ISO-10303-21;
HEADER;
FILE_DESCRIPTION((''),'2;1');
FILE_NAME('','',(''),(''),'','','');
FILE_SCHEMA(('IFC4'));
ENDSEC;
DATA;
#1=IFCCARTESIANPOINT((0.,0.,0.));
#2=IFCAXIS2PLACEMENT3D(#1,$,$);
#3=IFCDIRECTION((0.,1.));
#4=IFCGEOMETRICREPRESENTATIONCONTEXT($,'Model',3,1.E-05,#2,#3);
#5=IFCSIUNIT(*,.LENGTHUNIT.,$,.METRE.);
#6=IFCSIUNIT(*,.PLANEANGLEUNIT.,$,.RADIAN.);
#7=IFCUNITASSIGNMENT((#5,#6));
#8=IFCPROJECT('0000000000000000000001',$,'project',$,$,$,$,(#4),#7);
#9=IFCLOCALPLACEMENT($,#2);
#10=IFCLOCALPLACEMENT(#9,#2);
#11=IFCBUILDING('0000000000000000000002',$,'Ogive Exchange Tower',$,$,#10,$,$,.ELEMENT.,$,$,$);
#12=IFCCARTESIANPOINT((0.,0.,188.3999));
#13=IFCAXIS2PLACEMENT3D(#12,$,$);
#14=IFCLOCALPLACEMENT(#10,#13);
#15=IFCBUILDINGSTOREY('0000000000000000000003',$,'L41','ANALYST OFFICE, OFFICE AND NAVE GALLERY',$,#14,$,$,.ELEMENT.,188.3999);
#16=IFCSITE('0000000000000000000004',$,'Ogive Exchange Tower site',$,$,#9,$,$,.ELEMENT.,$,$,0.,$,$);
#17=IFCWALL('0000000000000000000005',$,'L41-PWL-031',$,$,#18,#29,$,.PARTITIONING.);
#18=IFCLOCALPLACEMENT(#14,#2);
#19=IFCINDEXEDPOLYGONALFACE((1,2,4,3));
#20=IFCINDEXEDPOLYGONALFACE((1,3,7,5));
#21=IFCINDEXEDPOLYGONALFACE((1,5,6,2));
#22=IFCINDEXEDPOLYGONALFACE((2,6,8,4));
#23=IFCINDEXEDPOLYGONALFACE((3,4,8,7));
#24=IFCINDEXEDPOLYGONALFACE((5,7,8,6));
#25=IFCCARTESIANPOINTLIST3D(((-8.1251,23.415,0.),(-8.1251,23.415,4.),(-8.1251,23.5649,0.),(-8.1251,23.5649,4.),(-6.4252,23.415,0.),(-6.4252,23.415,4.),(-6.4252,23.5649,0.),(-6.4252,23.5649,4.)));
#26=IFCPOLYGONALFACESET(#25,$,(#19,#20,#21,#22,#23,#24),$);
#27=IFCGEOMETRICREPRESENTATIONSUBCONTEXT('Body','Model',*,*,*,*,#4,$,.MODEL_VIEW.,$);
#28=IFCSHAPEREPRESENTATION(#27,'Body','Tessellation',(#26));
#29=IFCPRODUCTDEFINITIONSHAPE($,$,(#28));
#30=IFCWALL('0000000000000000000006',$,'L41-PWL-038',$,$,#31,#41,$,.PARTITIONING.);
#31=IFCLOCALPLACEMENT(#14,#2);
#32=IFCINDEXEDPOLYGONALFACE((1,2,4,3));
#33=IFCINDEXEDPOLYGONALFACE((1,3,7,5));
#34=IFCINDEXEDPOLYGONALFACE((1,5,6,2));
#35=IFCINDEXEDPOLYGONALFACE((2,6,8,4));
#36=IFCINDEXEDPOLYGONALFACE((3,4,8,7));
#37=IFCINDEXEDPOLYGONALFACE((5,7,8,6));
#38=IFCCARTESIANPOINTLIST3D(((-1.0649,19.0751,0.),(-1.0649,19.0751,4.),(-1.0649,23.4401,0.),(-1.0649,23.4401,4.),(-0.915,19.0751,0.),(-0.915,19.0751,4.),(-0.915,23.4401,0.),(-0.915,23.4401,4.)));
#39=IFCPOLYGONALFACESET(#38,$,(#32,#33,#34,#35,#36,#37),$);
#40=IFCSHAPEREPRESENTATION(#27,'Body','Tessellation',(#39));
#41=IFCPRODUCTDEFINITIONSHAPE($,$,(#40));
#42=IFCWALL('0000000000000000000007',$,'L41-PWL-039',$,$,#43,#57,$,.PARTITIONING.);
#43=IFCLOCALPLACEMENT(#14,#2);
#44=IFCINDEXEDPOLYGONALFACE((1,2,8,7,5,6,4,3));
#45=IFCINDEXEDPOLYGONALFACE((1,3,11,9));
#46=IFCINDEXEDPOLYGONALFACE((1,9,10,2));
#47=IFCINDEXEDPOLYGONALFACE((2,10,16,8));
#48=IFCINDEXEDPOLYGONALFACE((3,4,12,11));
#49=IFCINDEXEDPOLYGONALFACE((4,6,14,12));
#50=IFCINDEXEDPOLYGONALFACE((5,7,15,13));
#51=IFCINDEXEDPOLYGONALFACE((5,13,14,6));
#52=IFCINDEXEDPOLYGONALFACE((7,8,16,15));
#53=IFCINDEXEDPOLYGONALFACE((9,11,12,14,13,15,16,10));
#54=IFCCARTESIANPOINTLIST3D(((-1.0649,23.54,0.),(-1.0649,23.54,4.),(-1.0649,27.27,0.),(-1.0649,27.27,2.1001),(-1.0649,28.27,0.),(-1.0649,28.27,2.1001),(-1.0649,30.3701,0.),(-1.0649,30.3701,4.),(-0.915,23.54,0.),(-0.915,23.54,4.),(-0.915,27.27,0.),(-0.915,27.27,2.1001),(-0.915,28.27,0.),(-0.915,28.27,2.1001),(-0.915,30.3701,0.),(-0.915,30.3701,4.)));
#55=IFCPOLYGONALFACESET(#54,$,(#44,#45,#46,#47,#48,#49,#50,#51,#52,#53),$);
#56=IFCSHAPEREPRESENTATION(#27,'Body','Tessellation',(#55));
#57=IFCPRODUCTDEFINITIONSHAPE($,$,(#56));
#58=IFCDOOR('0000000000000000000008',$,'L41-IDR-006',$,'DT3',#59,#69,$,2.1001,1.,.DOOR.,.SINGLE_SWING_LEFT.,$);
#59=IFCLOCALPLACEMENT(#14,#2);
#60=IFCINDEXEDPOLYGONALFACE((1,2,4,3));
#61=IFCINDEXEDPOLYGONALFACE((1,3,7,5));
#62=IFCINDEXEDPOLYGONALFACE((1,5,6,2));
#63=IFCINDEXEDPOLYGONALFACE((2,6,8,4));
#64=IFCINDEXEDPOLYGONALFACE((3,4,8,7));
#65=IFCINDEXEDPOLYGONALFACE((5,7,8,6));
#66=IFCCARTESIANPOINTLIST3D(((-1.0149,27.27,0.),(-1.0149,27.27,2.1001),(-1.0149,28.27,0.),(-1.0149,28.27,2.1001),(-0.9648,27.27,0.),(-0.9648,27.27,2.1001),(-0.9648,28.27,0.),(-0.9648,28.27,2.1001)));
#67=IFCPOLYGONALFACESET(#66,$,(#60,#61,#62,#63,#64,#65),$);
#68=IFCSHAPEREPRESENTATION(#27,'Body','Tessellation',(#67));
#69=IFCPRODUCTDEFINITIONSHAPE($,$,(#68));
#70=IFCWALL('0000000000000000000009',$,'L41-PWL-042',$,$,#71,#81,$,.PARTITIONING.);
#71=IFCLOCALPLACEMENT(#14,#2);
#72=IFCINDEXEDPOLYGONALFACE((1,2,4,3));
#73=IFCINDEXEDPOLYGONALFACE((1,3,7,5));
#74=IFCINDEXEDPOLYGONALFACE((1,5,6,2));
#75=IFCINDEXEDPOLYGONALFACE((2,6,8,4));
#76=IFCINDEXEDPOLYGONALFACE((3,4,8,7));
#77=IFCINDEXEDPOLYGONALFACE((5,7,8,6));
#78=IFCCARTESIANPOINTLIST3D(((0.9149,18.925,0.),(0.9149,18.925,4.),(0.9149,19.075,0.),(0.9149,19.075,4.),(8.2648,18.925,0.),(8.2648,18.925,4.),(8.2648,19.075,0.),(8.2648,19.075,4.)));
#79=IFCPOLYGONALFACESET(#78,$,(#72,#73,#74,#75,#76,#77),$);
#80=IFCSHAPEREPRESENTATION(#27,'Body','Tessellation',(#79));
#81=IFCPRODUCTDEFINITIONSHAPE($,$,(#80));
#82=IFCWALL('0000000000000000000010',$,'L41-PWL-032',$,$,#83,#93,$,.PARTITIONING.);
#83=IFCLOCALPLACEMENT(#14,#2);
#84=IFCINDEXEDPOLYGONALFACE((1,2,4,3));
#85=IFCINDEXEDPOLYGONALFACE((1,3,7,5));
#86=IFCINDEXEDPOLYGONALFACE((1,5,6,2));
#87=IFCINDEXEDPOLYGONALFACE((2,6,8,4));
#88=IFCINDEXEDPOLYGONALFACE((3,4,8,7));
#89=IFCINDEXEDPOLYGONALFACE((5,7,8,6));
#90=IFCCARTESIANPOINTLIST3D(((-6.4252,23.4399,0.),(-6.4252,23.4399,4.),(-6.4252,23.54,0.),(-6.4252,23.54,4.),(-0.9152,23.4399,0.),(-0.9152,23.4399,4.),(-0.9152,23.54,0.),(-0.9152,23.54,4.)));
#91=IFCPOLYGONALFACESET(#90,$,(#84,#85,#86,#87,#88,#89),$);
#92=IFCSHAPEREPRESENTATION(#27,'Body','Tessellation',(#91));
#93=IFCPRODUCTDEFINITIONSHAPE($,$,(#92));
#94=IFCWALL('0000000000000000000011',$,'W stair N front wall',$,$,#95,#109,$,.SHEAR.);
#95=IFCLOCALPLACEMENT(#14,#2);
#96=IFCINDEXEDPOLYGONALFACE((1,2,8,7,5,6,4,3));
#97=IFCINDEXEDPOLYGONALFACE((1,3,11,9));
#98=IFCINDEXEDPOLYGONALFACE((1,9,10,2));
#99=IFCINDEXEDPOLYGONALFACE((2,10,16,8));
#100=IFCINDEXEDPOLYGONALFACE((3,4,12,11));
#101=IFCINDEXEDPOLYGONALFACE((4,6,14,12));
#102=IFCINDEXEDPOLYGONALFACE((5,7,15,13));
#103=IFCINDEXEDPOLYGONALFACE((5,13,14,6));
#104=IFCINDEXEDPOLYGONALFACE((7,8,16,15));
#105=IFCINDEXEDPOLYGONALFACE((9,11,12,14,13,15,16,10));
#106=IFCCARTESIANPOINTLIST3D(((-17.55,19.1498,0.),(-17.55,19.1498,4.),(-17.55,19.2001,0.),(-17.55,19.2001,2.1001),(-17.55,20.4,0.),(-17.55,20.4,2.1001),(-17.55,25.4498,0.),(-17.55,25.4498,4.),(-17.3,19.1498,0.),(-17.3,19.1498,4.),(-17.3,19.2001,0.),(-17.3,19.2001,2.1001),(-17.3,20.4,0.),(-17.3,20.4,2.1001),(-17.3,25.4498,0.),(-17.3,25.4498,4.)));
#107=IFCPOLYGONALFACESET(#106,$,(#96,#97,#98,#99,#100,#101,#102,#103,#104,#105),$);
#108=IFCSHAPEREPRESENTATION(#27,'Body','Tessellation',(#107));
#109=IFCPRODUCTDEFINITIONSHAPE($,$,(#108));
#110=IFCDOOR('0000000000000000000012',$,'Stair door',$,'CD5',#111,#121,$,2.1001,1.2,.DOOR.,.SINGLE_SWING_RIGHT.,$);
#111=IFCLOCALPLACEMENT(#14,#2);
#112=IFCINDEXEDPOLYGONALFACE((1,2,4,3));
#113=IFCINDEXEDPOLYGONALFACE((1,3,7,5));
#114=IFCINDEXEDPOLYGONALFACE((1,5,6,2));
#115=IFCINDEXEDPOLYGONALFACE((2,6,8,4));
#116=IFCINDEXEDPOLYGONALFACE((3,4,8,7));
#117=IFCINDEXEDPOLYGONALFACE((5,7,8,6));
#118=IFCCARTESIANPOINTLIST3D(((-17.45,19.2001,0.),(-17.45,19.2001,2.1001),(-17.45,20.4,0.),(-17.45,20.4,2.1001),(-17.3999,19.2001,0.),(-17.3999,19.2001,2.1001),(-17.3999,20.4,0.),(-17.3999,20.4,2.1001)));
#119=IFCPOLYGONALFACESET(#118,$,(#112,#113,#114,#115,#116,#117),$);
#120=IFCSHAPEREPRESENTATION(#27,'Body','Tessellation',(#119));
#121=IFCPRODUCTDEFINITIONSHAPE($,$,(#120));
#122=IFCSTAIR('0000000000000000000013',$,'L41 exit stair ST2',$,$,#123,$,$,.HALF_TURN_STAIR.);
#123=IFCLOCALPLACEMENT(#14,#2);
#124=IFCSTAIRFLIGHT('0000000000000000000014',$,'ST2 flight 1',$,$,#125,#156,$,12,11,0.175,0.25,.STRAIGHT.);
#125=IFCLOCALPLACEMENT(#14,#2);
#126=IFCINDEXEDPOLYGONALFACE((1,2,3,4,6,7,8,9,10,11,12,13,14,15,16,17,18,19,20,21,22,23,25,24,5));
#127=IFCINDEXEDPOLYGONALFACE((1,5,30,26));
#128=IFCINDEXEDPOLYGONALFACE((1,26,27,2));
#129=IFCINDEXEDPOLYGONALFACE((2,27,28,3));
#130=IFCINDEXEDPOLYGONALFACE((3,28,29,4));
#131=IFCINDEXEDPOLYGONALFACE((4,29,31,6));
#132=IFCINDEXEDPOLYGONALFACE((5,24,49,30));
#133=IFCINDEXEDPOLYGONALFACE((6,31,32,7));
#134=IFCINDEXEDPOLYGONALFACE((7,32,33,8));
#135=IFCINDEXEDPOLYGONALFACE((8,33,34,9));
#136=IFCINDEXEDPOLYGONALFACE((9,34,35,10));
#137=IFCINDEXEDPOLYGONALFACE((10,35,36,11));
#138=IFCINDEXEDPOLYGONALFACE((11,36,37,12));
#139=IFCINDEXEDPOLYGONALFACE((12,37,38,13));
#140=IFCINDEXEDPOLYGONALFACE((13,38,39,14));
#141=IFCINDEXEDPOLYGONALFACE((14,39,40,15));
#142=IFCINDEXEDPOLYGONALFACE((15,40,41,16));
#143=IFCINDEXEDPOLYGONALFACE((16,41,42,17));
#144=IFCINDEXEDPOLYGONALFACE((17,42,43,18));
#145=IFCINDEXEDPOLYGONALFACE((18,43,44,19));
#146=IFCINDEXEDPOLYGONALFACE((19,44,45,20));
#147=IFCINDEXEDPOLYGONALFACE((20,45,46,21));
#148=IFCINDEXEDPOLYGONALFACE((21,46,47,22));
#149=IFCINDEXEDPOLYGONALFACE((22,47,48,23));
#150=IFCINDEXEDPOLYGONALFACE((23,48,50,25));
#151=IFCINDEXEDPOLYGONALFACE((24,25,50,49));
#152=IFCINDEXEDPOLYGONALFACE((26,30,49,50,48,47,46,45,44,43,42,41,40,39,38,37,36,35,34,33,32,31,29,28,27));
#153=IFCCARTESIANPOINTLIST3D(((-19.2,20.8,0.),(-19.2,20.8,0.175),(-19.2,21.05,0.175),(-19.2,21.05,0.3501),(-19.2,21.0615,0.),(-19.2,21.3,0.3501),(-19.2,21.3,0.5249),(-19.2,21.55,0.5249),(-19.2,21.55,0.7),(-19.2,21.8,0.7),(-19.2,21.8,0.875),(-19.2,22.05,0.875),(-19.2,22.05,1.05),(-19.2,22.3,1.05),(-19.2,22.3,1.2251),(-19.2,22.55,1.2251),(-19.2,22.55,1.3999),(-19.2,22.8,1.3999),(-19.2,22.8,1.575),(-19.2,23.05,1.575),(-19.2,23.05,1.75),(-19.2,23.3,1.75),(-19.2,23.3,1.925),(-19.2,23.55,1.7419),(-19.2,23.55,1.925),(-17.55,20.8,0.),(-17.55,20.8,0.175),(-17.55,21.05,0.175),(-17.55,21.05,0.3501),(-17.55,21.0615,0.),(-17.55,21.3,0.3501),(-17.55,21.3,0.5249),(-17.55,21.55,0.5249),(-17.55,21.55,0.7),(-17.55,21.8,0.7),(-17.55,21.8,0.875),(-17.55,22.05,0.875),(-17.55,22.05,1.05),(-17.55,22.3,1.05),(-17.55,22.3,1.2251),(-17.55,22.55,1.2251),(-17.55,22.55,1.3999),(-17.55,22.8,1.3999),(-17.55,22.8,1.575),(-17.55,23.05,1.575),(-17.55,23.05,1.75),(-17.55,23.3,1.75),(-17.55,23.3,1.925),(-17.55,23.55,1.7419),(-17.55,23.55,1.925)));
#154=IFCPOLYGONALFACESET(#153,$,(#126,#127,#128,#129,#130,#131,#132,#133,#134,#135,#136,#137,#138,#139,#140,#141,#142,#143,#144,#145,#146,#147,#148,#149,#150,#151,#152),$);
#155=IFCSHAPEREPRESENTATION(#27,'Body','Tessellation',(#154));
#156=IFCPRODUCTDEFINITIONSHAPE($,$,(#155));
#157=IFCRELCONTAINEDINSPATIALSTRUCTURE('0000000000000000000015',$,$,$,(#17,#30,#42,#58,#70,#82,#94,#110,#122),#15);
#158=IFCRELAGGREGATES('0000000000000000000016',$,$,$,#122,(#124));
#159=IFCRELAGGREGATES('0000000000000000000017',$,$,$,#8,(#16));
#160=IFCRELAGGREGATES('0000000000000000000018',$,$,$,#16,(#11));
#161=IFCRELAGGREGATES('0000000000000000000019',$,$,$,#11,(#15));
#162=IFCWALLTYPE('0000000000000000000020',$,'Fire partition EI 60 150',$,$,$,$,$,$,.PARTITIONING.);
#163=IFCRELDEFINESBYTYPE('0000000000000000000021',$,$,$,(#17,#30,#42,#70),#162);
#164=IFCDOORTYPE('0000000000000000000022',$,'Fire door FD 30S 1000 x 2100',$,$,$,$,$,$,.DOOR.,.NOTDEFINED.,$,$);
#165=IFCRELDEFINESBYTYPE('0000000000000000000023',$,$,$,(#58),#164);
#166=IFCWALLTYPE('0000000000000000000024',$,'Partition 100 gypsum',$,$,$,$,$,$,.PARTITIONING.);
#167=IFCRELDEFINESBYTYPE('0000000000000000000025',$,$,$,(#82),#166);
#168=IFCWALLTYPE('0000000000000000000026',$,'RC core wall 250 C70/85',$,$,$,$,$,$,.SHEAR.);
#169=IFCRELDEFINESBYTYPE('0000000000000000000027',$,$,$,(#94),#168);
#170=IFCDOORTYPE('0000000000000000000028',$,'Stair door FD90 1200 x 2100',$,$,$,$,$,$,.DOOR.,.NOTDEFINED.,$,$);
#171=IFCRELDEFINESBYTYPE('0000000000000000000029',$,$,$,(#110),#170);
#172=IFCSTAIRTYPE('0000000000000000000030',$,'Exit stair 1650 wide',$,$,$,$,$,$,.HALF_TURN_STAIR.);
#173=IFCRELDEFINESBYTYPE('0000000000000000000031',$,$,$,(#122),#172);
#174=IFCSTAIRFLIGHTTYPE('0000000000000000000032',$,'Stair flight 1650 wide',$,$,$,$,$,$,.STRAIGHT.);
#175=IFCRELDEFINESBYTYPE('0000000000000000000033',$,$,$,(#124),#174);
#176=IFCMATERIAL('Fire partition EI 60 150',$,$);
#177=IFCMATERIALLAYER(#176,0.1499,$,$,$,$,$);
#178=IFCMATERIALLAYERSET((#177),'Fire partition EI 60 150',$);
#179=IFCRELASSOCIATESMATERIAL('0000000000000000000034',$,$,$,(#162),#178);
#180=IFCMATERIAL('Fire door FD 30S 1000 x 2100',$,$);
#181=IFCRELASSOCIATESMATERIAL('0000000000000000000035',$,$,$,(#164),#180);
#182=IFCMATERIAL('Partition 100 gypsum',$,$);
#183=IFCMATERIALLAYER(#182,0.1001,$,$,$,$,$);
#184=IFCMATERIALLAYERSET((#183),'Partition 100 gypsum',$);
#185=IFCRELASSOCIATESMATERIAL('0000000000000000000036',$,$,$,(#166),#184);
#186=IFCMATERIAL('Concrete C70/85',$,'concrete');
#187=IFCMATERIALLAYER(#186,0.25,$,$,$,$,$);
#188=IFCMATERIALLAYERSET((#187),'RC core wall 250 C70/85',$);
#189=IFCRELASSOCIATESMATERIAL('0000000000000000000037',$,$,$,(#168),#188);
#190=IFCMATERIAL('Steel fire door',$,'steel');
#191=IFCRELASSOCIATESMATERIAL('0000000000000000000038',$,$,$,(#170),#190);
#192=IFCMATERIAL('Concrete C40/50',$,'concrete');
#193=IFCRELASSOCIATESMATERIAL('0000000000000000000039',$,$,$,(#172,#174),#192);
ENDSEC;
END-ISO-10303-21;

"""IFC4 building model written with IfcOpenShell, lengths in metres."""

from ifc_helpers import new_model, si_unit, direction, frame, frame_2d, origin, place, context, subcontext, project, spatial, polyline, rectangle, outline, extrude, material, layer, layer_set, type_object, element, fill, aggregate, save


model = new_model("IFC4")

# Units and contexts
model_context = context("Model", 3, precision=1e-05, world=origin(), true_north=direction((0.0, 1.0)))
body_context = subcontext(model_context, "Body", "Model", "MODEL_VIEW")
ifc_project = project(units=[si_unit("LENGTHUNIT", "METRE"), si_unit("PLANEANGLEUNIT", "RADIAN")], contexts=[model_context])

# Site, building, storey
site_placement = place(None, origin())
site = spatial("IfcSite", under=ifc_project, at=site_placement, Name="Ogive Exchange Tower site", CompositionType="ELEMENT", RefElevation=0.0)
building_placement = place(site_placement, origin())
building = spatial("IfcBuilding", under=site, at=building_placement, Name="Ogive Exchange Tower", CompositionType="ELEMENT")
storey_placement = place(building_placement, frame((0.0, 0.0, 188.3999)))
storey = spatial("IfcBuildingStorey", under=building, at=storey_placement, Name="L41", Description="ANALYST OFFICE, OFFICE AND NAVE GALLERY", CompositionType="ELEMENT", Elevation=188.3999)

# Shared definitions
ifc_material_1 = material(Name="Fire partition EI 60 150")
ifc_layer_1 = layer(ifc_material_1, 0.1499)
ifc_layer_set_1 = layer_set([ifc_layer_1], Name="Fire partition EI 60 150")
wall_type_1 = type_object("IfcWallType", Name="Fire partition EI 60 150", PredefinedType="PARTITIONING", material=ifc_layer_set_1)
ifc_material_2 = material(Name="Fire door FD 30S 1000 x 2100")
door_type_1 = type_object("IfcDoorType", Name="Fire door FD 30S 1000 x 2100", OperationType="NOTDEFINED", PredefinedType="DOOR", material=ifc_material_2)

# Walls
wall_1_placement = place(storey_placement, frame((-6.425, 23.49, 0.0), z_axis=(0.0, 0.0, 1.0), x_axis=(-1.0, 0.0, 0.0)))
element("IfcWall", 1, at=wall_1_placement, inside=storey, type_object=wall_type_1, Name="L41-PWL-031", PredefinedType="PARTITIONING", context=body_context, shape_type="SweptSolid", body=[
    extrude(rectangle(XDim=1.7, YDim=0.1499, at=frame_2d((0.8501, 0.0))), origin(), (0.0, 0.0, 1.0), 4.0),
])
wall_2_placement = place(storey_placement, frame((-0.99, 19.075, 0.0), z_axis=(0.0, 0.0, 1.0), x_axis=(0.0, 1.0, 0.0)))
element("IfcWall", 2, at=wall_2_placement, inside=storey, type_object=wall_type_1, Name="L41-PWL-038", PredefinedType="PARTITIONING", context=body_context, shape_type="SweptSolid", body=[
    extrude(rectangle(XDim=4.365, YDim=0.1499, at=frame_2d((2.1826, 0.0))), origin(), (0.0, 0.0, 1.0), 4.0),
])

# Wall, opening, door
wall_3_placement = place(storey_placement, frame((-0.99, 23.54, 0.0), z_axis=(0.0, 0.0, 1.0), x_axis=(0.0, 1.0, 0.0)))
wall_3 = element("IfcWall", 3, at=wall_3_placement, inside=storey, type_object=wall_type_1, Name="L41-PWL-039", PredefinedType="PARTITIONING", context=body_context, shape_type="SweptSolid", body=[
    extrude(rectangle(XDim=6.8301, YDim=0.1499, at=frame_2d((3.415, 0.0))), origin(), (0.0, 0.0, 1.0), 4.0),
])
opening_1_placement = place(wall_3_placement, frame((3.73, 0.0, 0.0)))
opening_1 = element("IfcOpeningElement", 4, at=opening_1_placement, cuts=wall_3, PredefinedType="OPENING", context=body_context, shape_type="SweptSolid", body=[
    extrude(rectangle(XDim=1.0, YDim=2.1001, at=frame_2d((0.5, 1.05))), frame((0.0, 0.085, 0.0), z_axis=(0.0, -1.0, 0.0), x_axis=(1.0, 0.0, 0.0)), (0.0, 0.0, 1.0), 0.1699),
])
door_1_placement = place(opening_1_placement, origin())
door_1 = element("IfcDoor", 5, at=door_1_placement, inside=storey, type_object=door_type_1, Name="L41-IDR-006", ObjectType="DT3", OperationType="SINGLE_SWING_LEFT", OverallHeight=2.1001, OverallWidth=1.0, PredefinedType="DOOR", context=body_context, shape_type="SweptSolid", body=[
    extrude(rectangle(XDim=1.0, YDim=2.1001, at=frame_2d((0.5, 1.05))), frame((0.0, 0.0249, 0.0), z_axis=(0.0, -1.0, 0.0), x_axis=(1.0, 0.0, 0.0)), (0.0, 0.0, 1.0), 0.05),
])
fill(opening_1, door_1)

# Walls
wall_4_placement = place(storey_placement, frame((0.915, 19.0, 0.0), z_axis=(0.0, 0.0, 1.0), x_axis=(1.0, 0.0, 0.0)))
element("IfcWall", 6, at=wall_4_placement, inside=storey, type_object=wall_type_1, Name="L41-PWL-042", PredefinedType="PARTITIONING", context=body_context, shape_type="SweptSolid", body=[
    extrude(rectangle(XDim=7.3499, YDim=0.1499, at=frame_2d((3.6748, 0.0))), origin(), (0.0, 0.0, 1.0), 4.0),
])
ifc_material_3 = material(Name="Partition 100 gypsum")
ifc_layer_2 = layer(ifc_material_3, 0.1001)
ifc_layer_set_2 = layer_set([ifc_layer_2], Name="Partition 100 gypsum")
wall_type_2 = type_object("IfcWallType", Name="Partition 100 gypsum", PredefinedType="PARTITIONING", material=ifc_layer_set_2)
wall_5_placement = place(storey_placement, frame((-6.425, 23.49, 0.0), z_axis=(0.0, 0.0, 1.0), x_axis=(1.0, 0.0, 0.0)))
element("IfcWall", 7, at=wall_5_placement, inside=storey, type_object=wall_type_2, Name="L41-PWL-032", PredefinedType="PARTITIONING", context=body_context, shape_type="SweptSolid", body=[
    extrude(rectangle(XDim=5.51, YDim=0.1001, at=frame_2d((2.7549, 0.0))), origin(), (0.0, 0.0, 1.0), 4.0),
])

# Wall, opening, door
ifc_material_4 = material(Name="Concrete C70/85", Category="concrete")
ifc_layer_3 = layer(ifc_material_4, 0.25)
ifc_layer_set_3 = layer_set([ifc_layer_3], Name="RC core wall 250 C70/85")
wall_type_3 = type_object("IfcWallType", Name="RC core wall 250 C70/85", PredefinedType="SHEAR", material=ifc_layer_set_3)
wall_6_placement = place(storey_placement, frame((-17.425, 19.1499, 0.0), z_axis=(0.0, 0.0, 1.0), x_axis=(0.0, 1.0, 0.0)))
wall_6 = element("IfcWall", 8, at=wall_6_placement, inside=storey, type_object=wall_type_3, Name="W stair N front wall", PredefinedType="SHEAR", context=body_context, shape_type="SweptSolid", body=[
    extrude(rectangle(XDim=6.3, YDim=0.25, at=frame_2d((3.1499, 0.0))), origin(), (0.0, 0.0, 1.0), 4.0),
])
opening_2_placement = place(wall_6_placement, frame((0.05, 0.0, 0.0)))
opening_2 = element("IfcOpeningElement", 9, at=opening_2_placement, cuts=wall_6, PredefinedType="OPENING", context=body_context, shape_type="SweptSolid", body=[
    extrude(rectangle(XDim=1.2, YDim=2.1001, at=frame_2d((0.6001, 1.05))), frame((0.0, 0.135, 0.0), z_axis=(0.0, -1.0, 0.0), x_axis=(1.0, 0.0, 0.0)), (0.0, 0.0, 1.0), 0.27),
])
ifc_material_5 = material(Name="Steel fire door", Category="steel")
door_type_2 = type_object("IfcDoorType", Name="Stair door FD90 1200 x 2100", OperationType="NOTDEFINED", PredefinedType="DOOR", material=ifc_material_5)
door_2_placement = place(opening_2_placement, origin())
door_2 = element("IfcDoor", 10, at=door_2_placement, inside=storey, type_object=door_type_2, Name="Stair door", ObjectType="CD5", OperationType="SINGLE_SWING_RIGHT", OverallHeight=2.1001, OverallWidth=1.2, PredefinedType="DOOR", context=body_context, shape_type="SweptSolid", body=[
    extrude(rectangle(XDim=1.2, YDim=2.1001, at=frame_2d((0.6001, 1.05))), frame((0.0, 0.0249, 0.0), z_axis=(0.0, -1.0, 0.0), x_axis=(1.0, 0.0, 0.0)), (0.0, 0.0, 1.0), 0.05),
])
fill(opening_2, door_2)

# Stair, stair flight
ifc_material_6 = material(Name="Concrete C40/50", Category="concrete")
stair_type = type_object("IfcStairType", Name="Exit stair 1650 wide", PredefinedType="HALF_TURN_STAIR", material=ifc_material_6)
stair_placement = place(storey_placement, origin())
stair = element("IfcStair", 11, at=stair_placement, inside=storey, type_object=stair_type, Name="L41 exit stair ST2", PredefinedType="HALF_TURN_STAIR")
stair_flight_type = type_object("IfcStairFlightType", Name="Stair flight 1650 wide", PredefinedType="STRAIGHT", material=ifc_material_6)
stair_flight_1_placement = place(storey_placement, frame((-18.375, 20.8, 0.0), z_axis=(0.0, 0.0, 1.0), x_axis=(0.0, 1.0, 0.0)))
stair_flight_1 = element("IfcStairFlight", 12, at=stair_flight_1_placement, type_object=stair_flight_type, Name="ST2 flight 1", NumberOfRisers=12, NumberOfTreads=11, PredefinedType="STRAIGHT", RiserHeight=0.175, TreadLength=0.25, context=body_context, shape_type="SweptSolid", body=[
    extrude(outline(polyline([(0.0, 0.0), (0.0, 0.175), (0.25, 0.175), (0.25, 0.3501), (0.5, 0.3501), (0.5, 0.5249), (0.75, 0.5249), (0.75, 0.7), (1.0, 0.7), (1.0, 0.875), (1.25, 0.875), (1.25, 1.05), (1.5, 1.05), (1.5, 1.2251), (1.75, 1.2251), (1.75, 1.3999), (2.0, 1.3999), (2.0, 1.575), (2.25, 1.575), (2.25, 1.75), (2.5, 1.75), (2.5, 1.925), (2.75, 1.925), (2.75, 2.1001), (2.75, 1.7419), (0.2615, 0.0), (0.0, 0.0)])), frame((0.0, 0.825, 0.0), z_axis=(0.0, -1.0, 0.0), x_axis=(1.0, 0.0, 0.0)), (0.0, 0.0, 1.0), 1.6499),
])
aggregate(stair, [stair_flight_1])

save(model, "model.ifc")
